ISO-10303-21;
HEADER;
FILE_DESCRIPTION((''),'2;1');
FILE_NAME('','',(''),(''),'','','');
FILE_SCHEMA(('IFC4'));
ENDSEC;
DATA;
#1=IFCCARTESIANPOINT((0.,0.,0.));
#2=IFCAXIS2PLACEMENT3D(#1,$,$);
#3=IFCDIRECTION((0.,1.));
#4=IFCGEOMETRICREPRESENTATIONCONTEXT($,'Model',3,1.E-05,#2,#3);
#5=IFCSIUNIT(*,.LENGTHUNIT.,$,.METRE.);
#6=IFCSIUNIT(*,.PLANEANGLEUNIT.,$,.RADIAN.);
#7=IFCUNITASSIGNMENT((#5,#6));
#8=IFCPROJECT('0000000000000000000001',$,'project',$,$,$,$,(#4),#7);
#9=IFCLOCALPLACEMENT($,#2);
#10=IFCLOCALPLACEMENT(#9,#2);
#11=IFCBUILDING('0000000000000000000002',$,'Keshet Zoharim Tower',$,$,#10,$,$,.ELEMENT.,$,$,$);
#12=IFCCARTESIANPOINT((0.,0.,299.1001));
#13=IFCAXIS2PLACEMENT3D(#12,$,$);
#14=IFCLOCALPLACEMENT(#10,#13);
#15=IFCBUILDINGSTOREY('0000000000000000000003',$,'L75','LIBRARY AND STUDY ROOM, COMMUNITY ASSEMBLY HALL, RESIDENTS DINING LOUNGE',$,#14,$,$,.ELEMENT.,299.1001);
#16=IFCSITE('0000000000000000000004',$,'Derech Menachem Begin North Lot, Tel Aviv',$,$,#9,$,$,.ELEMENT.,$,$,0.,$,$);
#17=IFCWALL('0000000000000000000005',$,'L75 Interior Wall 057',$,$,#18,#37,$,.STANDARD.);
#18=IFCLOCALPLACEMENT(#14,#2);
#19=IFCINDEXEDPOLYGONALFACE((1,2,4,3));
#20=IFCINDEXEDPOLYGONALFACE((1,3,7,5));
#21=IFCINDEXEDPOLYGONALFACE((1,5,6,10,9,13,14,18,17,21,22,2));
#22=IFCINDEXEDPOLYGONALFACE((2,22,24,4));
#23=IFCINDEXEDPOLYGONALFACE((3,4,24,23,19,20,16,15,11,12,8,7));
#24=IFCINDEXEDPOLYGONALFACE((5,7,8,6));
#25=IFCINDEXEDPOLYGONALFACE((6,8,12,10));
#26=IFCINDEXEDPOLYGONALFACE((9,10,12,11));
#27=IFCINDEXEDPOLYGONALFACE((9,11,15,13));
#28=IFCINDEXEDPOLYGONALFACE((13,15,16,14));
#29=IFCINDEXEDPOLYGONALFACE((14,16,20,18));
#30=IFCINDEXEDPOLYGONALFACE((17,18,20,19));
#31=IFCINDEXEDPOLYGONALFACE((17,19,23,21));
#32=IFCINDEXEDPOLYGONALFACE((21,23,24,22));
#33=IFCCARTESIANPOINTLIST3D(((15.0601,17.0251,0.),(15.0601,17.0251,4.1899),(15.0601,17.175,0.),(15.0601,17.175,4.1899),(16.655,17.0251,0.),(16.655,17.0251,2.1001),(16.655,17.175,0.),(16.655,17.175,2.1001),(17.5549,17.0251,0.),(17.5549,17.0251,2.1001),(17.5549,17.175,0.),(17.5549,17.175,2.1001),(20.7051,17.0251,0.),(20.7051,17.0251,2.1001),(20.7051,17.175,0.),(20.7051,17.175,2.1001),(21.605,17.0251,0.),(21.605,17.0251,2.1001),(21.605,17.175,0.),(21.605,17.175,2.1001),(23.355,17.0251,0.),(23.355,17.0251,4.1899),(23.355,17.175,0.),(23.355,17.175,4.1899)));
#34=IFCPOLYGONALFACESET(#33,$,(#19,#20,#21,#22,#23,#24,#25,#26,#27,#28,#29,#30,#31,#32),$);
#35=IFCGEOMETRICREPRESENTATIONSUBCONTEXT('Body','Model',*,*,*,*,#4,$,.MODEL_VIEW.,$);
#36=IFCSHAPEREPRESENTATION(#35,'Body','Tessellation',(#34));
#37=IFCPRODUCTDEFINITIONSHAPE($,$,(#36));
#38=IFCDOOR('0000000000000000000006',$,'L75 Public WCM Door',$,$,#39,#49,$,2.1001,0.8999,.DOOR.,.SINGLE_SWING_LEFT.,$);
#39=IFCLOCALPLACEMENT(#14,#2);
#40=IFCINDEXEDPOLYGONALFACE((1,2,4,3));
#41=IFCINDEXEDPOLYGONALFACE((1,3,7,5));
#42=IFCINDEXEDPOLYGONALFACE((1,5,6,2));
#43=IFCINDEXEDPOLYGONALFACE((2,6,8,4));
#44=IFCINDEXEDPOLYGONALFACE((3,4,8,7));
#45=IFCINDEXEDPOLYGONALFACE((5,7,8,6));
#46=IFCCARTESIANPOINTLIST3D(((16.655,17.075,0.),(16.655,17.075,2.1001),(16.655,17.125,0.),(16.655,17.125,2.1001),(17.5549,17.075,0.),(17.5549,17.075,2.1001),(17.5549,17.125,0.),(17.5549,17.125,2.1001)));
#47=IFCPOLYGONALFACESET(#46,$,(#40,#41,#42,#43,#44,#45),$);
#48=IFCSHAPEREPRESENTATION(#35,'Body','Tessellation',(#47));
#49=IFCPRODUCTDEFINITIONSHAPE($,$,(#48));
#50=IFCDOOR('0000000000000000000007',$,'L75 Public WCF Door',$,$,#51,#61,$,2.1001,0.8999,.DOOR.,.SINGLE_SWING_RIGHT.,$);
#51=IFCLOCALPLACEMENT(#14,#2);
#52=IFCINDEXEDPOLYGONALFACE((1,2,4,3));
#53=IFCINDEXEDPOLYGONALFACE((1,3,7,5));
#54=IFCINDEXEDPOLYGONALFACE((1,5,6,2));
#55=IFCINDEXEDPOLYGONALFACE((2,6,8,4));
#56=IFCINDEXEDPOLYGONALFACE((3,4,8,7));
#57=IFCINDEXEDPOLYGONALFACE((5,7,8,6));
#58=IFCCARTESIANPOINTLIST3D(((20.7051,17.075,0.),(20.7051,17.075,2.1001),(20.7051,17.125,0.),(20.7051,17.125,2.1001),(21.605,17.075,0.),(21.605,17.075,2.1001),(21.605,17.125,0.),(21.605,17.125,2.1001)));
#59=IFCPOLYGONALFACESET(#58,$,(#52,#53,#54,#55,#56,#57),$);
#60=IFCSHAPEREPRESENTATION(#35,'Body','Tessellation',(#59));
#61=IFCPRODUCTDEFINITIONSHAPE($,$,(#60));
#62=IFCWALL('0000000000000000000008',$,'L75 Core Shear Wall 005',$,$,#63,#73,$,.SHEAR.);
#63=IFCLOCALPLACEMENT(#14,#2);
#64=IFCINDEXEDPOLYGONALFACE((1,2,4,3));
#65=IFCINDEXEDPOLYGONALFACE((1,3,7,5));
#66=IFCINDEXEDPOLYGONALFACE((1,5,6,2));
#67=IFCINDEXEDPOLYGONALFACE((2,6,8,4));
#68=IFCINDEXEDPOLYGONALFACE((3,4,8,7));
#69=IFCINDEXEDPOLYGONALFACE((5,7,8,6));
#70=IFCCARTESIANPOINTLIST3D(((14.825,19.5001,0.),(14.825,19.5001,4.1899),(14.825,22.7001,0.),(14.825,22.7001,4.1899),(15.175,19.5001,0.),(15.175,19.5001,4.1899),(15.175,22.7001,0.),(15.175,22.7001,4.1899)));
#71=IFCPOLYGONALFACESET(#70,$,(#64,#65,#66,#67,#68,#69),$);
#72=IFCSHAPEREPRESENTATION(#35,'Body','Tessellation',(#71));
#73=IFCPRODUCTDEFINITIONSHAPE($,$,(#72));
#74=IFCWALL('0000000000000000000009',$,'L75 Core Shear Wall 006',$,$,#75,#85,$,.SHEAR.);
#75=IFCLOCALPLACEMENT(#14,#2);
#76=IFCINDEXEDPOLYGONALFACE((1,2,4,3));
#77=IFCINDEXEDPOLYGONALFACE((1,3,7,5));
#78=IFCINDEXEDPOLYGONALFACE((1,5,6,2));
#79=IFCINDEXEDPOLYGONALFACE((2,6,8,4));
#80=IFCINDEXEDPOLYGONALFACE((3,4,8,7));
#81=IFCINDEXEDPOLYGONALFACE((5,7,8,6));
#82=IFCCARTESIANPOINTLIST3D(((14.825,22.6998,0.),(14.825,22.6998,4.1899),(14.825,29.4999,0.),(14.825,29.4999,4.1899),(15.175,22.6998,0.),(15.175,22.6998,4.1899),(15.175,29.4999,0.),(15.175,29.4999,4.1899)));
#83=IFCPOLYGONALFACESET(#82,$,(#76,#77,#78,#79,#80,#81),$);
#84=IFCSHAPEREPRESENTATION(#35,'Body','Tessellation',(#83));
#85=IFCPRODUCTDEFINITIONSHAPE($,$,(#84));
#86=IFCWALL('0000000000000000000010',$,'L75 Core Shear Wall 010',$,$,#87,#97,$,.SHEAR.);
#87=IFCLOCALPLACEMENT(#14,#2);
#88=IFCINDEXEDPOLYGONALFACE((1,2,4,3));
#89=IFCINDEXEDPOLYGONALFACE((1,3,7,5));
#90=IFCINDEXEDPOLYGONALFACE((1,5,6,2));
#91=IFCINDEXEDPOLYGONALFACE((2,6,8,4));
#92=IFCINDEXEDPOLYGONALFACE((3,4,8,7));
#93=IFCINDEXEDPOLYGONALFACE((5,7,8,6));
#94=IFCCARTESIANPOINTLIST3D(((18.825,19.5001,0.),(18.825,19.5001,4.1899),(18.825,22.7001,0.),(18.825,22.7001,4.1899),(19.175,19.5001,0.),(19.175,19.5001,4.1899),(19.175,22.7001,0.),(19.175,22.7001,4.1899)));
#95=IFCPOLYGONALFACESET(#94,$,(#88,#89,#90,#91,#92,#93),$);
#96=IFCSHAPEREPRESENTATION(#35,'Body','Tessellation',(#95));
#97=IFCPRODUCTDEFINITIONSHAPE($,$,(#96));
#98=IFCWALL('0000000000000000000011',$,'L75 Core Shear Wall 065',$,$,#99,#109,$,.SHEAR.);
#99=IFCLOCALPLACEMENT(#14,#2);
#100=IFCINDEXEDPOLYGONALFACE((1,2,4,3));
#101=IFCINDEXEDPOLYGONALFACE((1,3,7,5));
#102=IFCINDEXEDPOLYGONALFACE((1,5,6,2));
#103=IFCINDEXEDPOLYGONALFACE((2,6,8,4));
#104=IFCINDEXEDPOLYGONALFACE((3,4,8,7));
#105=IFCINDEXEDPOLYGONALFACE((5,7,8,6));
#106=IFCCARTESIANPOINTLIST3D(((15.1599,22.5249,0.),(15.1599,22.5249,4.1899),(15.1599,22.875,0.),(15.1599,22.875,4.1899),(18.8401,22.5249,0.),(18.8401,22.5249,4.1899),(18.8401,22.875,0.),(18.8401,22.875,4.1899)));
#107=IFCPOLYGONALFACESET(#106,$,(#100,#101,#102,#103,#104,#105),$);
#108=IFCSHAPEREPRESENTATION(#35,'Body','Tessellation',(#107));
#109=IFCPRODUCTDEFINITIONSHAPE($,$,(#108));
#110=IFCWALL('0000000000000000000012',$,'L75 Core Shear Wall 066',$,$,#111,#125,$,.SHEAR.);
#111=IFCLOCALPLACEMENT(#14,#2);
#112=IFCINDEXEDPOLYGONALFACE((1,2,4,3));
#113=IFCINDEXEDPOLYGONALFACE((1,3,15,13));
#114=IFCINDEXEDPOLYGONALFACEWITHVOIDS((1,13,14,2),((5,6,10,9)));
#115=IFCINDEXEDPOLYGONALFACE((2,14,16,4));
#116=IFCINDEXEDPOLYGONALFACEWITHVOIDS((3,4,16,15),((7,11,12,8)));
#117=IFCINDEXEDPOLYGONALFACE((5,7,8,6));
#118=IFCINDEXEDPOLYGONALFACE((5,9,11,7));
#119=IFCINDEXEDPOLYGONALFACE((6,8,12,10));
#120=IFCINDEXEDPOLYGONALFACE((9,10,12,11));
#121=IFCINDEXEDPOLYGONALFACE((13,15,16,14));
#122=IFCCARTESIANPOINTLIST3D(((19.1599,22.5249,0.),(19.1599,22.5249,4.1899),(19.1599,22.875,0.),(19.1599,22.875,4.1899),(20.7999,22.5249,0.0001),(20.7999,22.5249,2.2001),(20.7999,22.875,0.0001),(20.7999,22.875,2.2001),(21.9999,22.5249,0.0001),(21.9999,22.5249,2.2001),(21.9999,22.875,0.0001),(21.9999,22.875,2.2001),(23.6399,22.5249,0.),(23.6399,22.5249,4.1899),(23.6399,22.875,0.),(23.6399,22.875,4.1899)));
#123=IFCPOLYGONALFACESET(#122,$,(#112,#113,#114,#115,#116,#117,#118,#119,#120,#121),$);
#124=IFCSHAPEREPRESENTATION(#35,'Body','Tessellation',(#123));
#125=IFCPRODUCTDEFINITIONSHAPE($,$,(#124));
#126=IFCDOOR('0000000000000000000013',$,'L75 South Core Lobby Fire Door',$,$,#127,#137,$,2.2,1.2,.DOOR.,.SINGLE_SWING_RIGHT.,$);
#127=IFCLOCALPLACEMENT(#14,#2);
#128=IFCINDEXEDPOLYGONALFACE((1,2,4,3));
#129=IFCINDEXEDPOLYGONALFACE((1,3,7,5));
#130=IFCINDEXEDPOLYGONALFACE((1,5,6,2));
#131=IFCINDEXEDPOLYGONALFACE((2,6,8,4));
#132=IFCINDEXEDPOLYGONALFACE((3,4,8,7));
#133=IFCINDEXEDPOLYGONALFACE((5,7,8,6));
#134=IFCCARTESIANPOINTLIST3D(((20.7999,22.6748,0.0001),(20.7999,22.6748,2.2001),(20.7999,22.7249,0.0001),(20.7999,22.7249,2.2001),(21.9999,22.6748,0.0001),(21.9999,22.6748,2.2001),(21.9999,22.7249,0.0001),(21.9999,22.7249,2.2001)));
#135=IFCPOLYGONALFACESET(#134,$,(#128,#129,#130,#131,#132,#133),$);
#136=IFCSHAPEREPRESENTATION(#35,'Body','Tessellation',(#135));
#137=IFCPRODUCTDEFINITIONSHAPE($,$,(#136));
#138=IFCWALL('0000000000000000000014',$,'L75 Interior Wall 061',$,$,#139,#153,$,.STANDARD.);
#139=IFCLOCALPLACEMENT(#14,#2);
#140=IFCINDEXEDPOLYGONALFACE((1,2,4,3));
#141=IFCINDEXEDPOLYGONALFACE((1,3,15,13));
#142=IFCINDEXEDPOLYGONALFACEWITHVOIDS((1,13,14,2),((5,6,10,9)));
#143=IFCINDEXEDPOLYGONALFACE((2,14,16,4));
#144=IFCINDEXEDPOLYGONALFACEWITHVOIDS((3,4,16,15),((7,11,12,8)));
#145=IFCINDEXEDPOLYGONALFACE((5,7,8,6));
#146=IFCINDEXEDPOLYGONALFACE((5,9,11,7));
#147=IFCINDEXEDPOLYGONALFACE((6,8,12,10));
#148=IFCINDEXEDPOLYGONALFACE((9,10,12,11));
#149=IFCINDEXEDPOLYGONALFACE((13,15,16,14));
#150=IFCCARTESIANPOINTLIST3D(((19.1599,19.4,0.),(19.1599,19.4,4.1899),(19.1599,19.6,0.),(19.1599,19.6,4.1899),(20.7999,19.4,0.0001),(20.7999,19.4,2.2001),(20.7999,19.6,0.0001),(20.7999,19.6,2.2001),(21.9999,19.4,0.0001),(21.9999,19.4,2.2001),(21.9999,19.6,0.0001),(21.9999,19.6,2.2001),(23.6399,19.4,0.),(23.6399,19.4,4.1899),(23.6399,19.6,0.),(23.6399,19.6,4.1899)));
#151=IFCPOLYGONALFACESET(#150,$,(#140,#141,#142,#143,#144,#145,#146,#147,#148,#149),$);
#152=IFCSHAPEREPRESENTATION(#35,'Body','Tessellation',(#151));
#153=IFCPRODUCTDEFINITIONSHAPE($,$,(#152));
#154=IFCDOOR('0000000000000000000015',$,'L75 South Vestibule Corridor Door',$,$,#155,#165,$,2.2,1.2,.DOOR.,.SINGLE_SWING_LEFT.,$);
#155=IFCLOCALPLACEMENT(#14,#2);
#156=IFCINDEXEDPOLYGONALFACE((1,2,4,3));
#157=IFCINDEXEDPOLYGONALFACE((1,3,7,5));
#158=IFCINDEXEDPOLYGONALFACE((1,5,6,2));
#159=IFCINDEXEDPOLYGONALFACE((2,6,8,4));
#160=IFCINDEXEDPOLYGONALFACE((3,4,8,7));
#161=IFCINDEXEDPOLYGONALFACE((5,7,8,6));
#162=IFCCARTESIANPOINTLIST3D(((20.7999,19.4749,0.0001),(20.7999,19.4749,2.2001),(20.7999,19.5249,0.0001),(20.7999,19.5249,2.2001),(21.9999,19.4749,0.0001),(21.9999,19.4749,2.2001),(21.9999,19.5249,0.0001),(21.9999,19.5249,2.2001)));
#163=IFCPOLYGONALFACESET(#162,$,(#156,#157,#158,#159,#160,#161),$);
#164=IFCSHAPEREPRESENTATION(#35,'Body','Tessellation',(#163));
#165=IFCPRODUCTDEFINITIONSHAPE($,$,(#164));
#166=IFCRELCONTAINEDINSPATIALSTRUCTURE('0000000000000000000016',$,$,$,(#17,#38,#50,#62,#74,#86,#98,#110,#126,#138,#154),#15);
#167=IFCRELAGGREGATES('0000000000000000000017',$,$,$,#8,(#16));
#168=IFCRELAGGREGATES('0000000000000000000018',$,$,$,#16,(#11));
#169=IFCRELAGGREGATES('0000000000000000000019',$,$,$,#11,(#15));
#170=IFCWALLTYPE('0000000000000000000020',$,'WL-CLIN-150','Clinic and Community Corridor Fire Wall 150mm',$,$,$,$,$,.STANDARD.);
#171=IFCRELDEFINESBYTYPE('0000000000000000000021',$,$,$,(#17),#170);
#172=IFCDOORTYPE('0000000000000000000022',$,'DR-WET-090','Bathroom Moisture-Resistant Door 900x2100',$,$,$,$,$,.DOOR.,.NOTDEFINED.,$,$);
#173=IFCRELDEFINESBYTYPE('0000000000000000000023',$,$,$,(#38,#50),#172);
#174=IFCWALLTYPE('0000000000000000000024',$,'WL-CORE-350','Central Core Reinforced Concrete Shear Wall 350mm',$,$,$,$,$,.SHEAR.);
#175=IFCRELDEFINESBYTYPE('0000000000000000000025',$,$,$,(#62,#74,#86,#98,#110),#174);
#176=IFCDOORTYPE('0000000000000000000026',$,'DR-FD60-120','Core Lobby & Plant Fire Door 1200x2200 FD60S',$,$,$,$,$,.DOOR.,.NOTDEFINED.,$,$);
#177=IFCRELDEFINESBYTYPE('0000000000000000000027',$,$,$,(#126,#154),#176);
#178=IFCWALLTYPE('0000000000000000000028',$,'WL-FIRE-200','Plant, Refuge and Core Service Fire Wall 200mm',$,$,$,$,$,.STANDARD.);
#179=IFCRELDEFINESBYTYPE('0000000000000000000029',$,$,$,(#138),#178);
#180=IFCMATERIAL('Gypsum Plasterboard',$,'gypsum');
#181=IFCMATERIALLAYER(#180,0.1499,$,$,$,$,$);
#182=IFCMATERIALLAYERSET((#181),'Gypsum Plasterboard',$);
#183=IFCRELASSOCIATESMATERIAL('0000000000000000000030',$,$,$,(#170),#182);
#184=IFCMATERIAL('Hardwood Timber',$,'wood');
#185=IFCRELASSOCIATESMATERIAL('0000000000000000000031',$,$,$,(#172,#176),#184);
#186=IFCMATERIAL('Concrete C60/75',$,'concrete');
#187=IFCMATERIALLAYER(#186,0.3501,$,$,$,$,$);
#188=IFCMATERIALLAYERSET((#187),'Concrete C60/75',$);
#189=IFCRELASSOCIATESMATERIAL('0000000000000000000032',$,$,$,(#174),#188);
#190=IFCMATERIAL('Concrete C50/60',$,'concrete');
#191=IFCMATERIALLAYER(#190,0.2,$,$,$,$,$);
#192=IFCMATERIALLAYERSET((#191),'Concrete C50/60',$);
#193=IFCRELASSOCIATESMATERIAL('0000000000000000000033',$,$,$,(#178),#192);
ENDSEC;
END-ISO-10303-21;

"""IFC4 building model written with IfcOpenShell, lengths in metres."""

from ifc_helpers import new_model, si_unit, direction, frame, frame_2d, origin, place, context, subcontext, project, spatial, rectangle, extrude, material, layer, layer_set, type_object, element, fill, save


model = new_model("IFC4")

# Units and contexts
model_context = context("Model", 3, precision=1e-05, world=origin(), true_north=direction((0.0, 1.0)))
body_context = subcontext(model_context, "Body", "Model", "MODEL_VIEW")
ifc_project = project(units=[si_unit("LENGTHUNIT", "METRE"), si_unit("PLANEANGLEUNIT", "RADIAN")], contexts=[model_context])

# Site, building, storey
site_placement = place(None, origin())
site = spatial("IfcSite", under=ifc_project, at=site_placement, Name="Derech Menachem Begin North Lot, Tel Aviv", CompositionType="ELEMENT", RefElevation=0.0)
building_placement = place(site_placement, origin())
building = spatial("IfcBuilding", under=site, at=building_placement, Name="Keshet Zoharim Tower", CompositionType="ELEMENT")
storey_placement = place(building_placement, frame((0.0, 0.0, 299.1001)))
storey = spatial("IfcBuildingStorey", under=building, at=storey_placement, Name="L75", Description="LIBRARY AND STUDY ROOM, COMMUNITY ASSEMBLY HALL, RESIDENTS DINING LOUNGE", CompositionType="ELEMENT", Elevation=299.1001)

# Shared definitions
ifc_material_1 = material(Name="Concrete C50/60", Category="concrete")

# Wall, openings, doors
ifc_material_2 = material(Name="Gypsum Plasterboard", Category="gypsum")
ifc_layer_1 = layer(ifc_material_2, 0.1499)
ifc_layer_set_1 = layer_set([ifc_layer_1], Name="Gypsum Plasterboard")
wall_type_1 = type_object("IfcWallType", Name="WL-CLIN-150", Description="Clinic and Community Corridor Fire Wall 150mm", PredefinedType="STANDARD", material=ifc_layer_set_1)
wall_1_placement = place(storey_placement, frame((15.0601, 17.1001, 0.0), z_axis=(0.0, 0.0, 1.0), x_axis=(1.0, 0.0, 0.0)))
wall_1 = element("IfcWall", 1, at=wall_1_placement, inside=storey, type_object=wall_type_1, Name="L75 Interior Wall 057", PredefinedType="STANDARD", context=body_context, shape_type="SweptSolid", body=[
    extrude(rectangle(XDim=8.2949, YDim=0.1499, at=frame_2d((4.1475, 0.0))), origin(), (0.0, 0.0, 1.0), 4.1899),
])
opening_1_placement = place(wall_1_placement, frame((1.595, 0.0, 0.0)))
opening_1 = element("IfcOpeningElement", 2, at=opening_1_placement, cuts=wall_1, PredefinedType="OPENING", context=body_context, shape_type="SweptSolid", body=[
    extrude(rectangle(XDim=0.8999, YDim=2.1001, at=frame_2d((0.45, 1.05))), frame((0.0, 0.085, 0.0), z_axis=(0.0, -1.0, 0.0), x_axis=(1.0, 0.0, 0.0)), (0.0, 0.0, 1.0), 0.1699),
])
opening_2_placement = place(wall_1_placement, frame((5.645, 0.0, 0.0)))
opening_2 = element("IfcOpeningElement", 3, at=opening_2_placement, cuts=wall_1, PredefinedType="OPENING", context=body_context, shape_type="SweptSolid", body=[
    extrude(rectangle(XDim=0.8999, YDim=2.1001, at=frame_2d((0.45, 1.05))), frame((0.0, 0.085, 0.0), z_axis=(0.0, -1.0, 0.0), x_axis=(1.0, 0.0, 0.0)), (0.0, 0.0, 1.0), 0.1699),
])
ifc_material_3 = material(Name="Hardwood Timber", Category="wood")
door_type_1 = type_object("IfcDoorType", Name="DR-WET-090", Description="Bathroom Moisture-Resistant Door 900x2100", OperationType="NOTDEFINED", PredefinedType="DOOR", material=ifc_material_3)
door_1_placement = place(opening_1_placement, origin())
door_1 = element("IfcDoor", 4, at=door_1_placement, inside=storey, type_object=door_type_1, Name="L75 Public WCM Door", OperationType="SINGLE_SWING_LEFT", OverallHeight=2.1001, OverallWidth=0.8999, PredefinedType="DOOR", context=body_context, shape_type="SweptSolid", body=[
    extrude(rectangle(XDim=0.8999, YDim=2.1001, at=frame_2d((0.45, 1.05))), frame((0.0, 0.0249, 0.0), z_axis=(0.0, -1.0, 0.0), x_axis=(1.0, 0.0, 0.0)), (0.0, 0.0, 1.0), 0.05),
])
fill(opening_1, door_1)
door_2_placement = place(opening_2_placement, origin())
door_2 = element("IfcDoor", 5, at=door_2_placement, inside=storey, type_object=door_type_1, Name="L75 Public WCF Door", OperationType="SINGLE_SWING_RIGHT", OverallHeight=2.1001, OverallWidth=0.8999, PredefinedType="DOOR", context=body_context, shape_type="SweptSolid", body=[
    extrude(rectangle(XDim=0.8999, YDim=2.1001, at=frame_2d((0.45, 1.05))), frame((0.0, 0.0249, 0.0), z_axis=(0.0, -1.0, 0.0), x_axis=(1.0, 0.0, 0.0)), (0.0, 0.0, 1.0), 0.05),
])
fill(opening_2, door_2)

# Walls
ifc_material_4 = material(Name="Concrete C60/75", Category="concrete")
ifc_layer_2 = layer(ifc_material_4, 0.3501)
ifc_layer_set_2 = layer_set([ifc_layer_2], Name="Concrete C60/75")
wall_type_2 = type_object("IfcWallType", Name="WL-CORE-350", Description="Central Core Reinforced Concrete Shear Wall 350mm", PredefinedType="SHEAR", material=ifc_layer_set_2)
wall_2_placement = place(storey_placement, frame((15.0, 19.5, 0.0), z_axis=(0.0, 0.0, 1.0), x_axis=(0.0, 1.0, 0.0)))
element("IfcWall", 6, at=wall_2_placement, inside=storey, type_object=wall_type_2, Name="L75 Core Shear Wall 005", PredefinedType="SHEAR", context=body_context, shape_type="SweptSolid", body=[
    extrude(rectangle(XDim=3.2, YDim=0.3501, at=frame_2d((1.6001, 0.0))), origin(), (0.0, 0.0, 1.0), 4.1899),
])
wall_3_placement = place(storey_placement, frame((15.0, 22.7, 0.0), z_axis=(0.0, 0.0, 1.0), x_axis=(0.0, 1.0, 0.0)))
element("IfcWall", 7, at=wall_3_placement, inside=storey, type_object=wall_type_2, Name="L75 Core Shear Wall 006", PredefinedType="SHEAR", context=body_context, shape_type="SweptSolid", body=[
    extrude(rectangle(XDim=6.8, YDim=0.3501, at=frame_2d((3.3999, 0.0))), origin(), (0.0, 0.0, 1.0), 4.1899),
])
wall_4_placement = place(storey_placement, frame((19.0, 19.5, 0.0), z_axis=(0.0, 0.0, 1.0), x_axis=(0.0, 1.0, 0.0)))
element("IfcWall", 8, at=wall_4_placement, inside=storey, type_object=wall_type_2, Name="L75 Core Shear Wall 010", PredefinedType="SHEAR", context=body_context, shape_type="SweptSolid", body=[
    extrude(rectangle(XDim=3.2, YDim=0.3501, at=frame_2d((1.6001, 0.0))), origin(), (0.0, 0.0, 1.0), 4.1899),
])

# Wall
wall_5_placement = place(storey_placement, frame((15.1599, 22.7, 0.0), z_axis=(0.0, 0.0, 1.0), x_axis=(1.0, 0.0, 0.0)))
element("IfcWall", 9, at=wall_5_placement, inside=storey, type_object=wall_type_2, Name="L75 Core Shear Wall 065", PredefinedType="SHEAR", context=body_context, shape_type="SweptSolid", body=[
    extrude(rectangle(XDim=3.6802, YDim=0.3501, at=frame_2d((1.8401, 0.0))), origin(), (0.0, 0.0, 1.0), 4.1899),
])

# Walls, openings, doors
wall_6_placement = place(storey_placement, frame((19.1599, 22.7, 0.0), z_axis=(0.0, 0.0, 1.0), x_axis=(1.0, 0.0, 0.0)))
wall_6 = element("IfcWall", 10, at=wall_6_placement, inside=storey, type_object=wall_type_2, Name="L75 Core Shear Wall 066", PredefinedType="SHEAR", context=body_context, shape_type="SweptSolid", body=[
    extrude(rectangle(XDim=4.48, YDim=0.3501, at=frame_2d((2.24, 0.0))), origin(), (0.0, 0.0, 1.0), 4.1899),
])
opening_3_placement = place(wall_6_placement, frame((1.6399, 0.0, 0.0)))
opening_3 = element("IfcOpeningElement", 11, at=opening_3_placement, cuts=wall_6, PredefinedType="OPENING", context=body_context, shape_type="SweptSolid", body=[
    extrude(rectangle(XDim=1.2, YDim=2.2, at=frame_2d((0.6001, 1.1001))), frame((0.0, 0.1851, 0.0), z_axis=(0.0, -1.0, 0.0), x_axis=(1.0, 0.0, 0.0)), (0.0, 0.0, 1.0), 0.3701),
])
door_type_2 = type_object("IfcDoorType", Name="DR-FD60-120", Description="Core Lobby & Plant Fire Door 1200x2200 FD60S", OperationType="NOTDEFINED", PredefinedType="DOOR", material=ifc_material_3)
door_3_placement = place(opening_3_placement, origin())
door_3 = element("IfcDoor", 12, at=door_3_placement, inside=storey, type_object=door_type_2, Name="L75 South Core Lobby Fire Door", OperationType="SINGLE_SWING_RIGHT", OverallHeight=2.2, OverallWidth=1.2, PredefinedType="DOOR", context=body_context, shape_type="SweptSolid", body=[
    extrude(rectangle(XDim=1.2, YDim=2.2, at=frame_2d((0.6001, 1.1001))), frame((0.0, 0.0249, 0.0), z_axis=(0.0, -1.0, 0.0), x_axis=(1.0, 0.0, 0.0)), (0.0, 0.0, 1.0), 0.05),
])
fill(opening_3, door_3)
ifc_layer_3 = layer(ifc_material_1, 0.2)
ifc_layer_set_3 = layer_set([ifc_layer_3], Name="Concrete C50/60")
wall_type_3 = type_object("IfcWallType", Name="WL-FIRE-200", Description="Plant, Refuge and Core Service Fire Wall 200mm", PredefinedType="STANDARD", material=ifc_layer_set_3)
wall_7_placement = place(storey_placement, frame((19.1599, 19.5, 0.0), z_axis=(0.0, 0.0, 1.0), x_axis=(1.0, 0.0, 0.0)))
wall_7 = element("IfcWall", 13, at=wall_7_placement, inside=storey, type_object=wall_type_3, Name="L75 Interior Wall 061", PredefinedType="STANDARD", context=body_context, shape_type="SweptSolid", body=[
    extrude(rectangle(XDim=4.48, YDim=0.2, at=frame_2d((2.24, 0.0))), origin(), (0.0, 0.0, 1.0), 4.1899),
])
opening_4_placement = place(wall_7_placement, frame((1.6399, 0.0, 0.0)))
opening_4 = element("IfcOpeningElement", 14, at=opening_4_placement, cuts=wall_7, PredefinedType="OPENING", context=body_context, shape_type="SweptSolid", body=[
    extrude(rectangle(XDim=1.2, YDim=2.2, at=frame_2d((0.6001, 1.1001))), frame((0.0, 0.1099, 0.0), z_axis=(0.0, -1.0, 0.0), x_axis=(1.0, 0.0, 0.0)), (0.0, 0.0, 1.0), 0.22),
])
door_4_placement = place(opening_4_placement, origin())
door_4 = element("IfcDoor", 15, at=door_4_placement, inside=storey, type_object=door_type_2, Name="L75 South Vestibule Corridor Door", OperationType="SINGLE_SWING_LEFT", OverallHeight=2.2, OverallWidth=1.2, PredefinedType="DOOR", context=body_context, shape_type="SweptSolid", body=[
    extrude(rectangle(XDim=1.2, YDim=2.2, at=frame_2d((0.6001, 1.1001))), frame((0.0, 0.0249, 0.0), z_axis=(0.0, -1.0, 0.0), x_axis=(1.0, 0.0, 0.0)), (0.0, 0.0, 1.0), 0.05),
])
fill(opening_4, door_4)

save(model, "model.ifc")
